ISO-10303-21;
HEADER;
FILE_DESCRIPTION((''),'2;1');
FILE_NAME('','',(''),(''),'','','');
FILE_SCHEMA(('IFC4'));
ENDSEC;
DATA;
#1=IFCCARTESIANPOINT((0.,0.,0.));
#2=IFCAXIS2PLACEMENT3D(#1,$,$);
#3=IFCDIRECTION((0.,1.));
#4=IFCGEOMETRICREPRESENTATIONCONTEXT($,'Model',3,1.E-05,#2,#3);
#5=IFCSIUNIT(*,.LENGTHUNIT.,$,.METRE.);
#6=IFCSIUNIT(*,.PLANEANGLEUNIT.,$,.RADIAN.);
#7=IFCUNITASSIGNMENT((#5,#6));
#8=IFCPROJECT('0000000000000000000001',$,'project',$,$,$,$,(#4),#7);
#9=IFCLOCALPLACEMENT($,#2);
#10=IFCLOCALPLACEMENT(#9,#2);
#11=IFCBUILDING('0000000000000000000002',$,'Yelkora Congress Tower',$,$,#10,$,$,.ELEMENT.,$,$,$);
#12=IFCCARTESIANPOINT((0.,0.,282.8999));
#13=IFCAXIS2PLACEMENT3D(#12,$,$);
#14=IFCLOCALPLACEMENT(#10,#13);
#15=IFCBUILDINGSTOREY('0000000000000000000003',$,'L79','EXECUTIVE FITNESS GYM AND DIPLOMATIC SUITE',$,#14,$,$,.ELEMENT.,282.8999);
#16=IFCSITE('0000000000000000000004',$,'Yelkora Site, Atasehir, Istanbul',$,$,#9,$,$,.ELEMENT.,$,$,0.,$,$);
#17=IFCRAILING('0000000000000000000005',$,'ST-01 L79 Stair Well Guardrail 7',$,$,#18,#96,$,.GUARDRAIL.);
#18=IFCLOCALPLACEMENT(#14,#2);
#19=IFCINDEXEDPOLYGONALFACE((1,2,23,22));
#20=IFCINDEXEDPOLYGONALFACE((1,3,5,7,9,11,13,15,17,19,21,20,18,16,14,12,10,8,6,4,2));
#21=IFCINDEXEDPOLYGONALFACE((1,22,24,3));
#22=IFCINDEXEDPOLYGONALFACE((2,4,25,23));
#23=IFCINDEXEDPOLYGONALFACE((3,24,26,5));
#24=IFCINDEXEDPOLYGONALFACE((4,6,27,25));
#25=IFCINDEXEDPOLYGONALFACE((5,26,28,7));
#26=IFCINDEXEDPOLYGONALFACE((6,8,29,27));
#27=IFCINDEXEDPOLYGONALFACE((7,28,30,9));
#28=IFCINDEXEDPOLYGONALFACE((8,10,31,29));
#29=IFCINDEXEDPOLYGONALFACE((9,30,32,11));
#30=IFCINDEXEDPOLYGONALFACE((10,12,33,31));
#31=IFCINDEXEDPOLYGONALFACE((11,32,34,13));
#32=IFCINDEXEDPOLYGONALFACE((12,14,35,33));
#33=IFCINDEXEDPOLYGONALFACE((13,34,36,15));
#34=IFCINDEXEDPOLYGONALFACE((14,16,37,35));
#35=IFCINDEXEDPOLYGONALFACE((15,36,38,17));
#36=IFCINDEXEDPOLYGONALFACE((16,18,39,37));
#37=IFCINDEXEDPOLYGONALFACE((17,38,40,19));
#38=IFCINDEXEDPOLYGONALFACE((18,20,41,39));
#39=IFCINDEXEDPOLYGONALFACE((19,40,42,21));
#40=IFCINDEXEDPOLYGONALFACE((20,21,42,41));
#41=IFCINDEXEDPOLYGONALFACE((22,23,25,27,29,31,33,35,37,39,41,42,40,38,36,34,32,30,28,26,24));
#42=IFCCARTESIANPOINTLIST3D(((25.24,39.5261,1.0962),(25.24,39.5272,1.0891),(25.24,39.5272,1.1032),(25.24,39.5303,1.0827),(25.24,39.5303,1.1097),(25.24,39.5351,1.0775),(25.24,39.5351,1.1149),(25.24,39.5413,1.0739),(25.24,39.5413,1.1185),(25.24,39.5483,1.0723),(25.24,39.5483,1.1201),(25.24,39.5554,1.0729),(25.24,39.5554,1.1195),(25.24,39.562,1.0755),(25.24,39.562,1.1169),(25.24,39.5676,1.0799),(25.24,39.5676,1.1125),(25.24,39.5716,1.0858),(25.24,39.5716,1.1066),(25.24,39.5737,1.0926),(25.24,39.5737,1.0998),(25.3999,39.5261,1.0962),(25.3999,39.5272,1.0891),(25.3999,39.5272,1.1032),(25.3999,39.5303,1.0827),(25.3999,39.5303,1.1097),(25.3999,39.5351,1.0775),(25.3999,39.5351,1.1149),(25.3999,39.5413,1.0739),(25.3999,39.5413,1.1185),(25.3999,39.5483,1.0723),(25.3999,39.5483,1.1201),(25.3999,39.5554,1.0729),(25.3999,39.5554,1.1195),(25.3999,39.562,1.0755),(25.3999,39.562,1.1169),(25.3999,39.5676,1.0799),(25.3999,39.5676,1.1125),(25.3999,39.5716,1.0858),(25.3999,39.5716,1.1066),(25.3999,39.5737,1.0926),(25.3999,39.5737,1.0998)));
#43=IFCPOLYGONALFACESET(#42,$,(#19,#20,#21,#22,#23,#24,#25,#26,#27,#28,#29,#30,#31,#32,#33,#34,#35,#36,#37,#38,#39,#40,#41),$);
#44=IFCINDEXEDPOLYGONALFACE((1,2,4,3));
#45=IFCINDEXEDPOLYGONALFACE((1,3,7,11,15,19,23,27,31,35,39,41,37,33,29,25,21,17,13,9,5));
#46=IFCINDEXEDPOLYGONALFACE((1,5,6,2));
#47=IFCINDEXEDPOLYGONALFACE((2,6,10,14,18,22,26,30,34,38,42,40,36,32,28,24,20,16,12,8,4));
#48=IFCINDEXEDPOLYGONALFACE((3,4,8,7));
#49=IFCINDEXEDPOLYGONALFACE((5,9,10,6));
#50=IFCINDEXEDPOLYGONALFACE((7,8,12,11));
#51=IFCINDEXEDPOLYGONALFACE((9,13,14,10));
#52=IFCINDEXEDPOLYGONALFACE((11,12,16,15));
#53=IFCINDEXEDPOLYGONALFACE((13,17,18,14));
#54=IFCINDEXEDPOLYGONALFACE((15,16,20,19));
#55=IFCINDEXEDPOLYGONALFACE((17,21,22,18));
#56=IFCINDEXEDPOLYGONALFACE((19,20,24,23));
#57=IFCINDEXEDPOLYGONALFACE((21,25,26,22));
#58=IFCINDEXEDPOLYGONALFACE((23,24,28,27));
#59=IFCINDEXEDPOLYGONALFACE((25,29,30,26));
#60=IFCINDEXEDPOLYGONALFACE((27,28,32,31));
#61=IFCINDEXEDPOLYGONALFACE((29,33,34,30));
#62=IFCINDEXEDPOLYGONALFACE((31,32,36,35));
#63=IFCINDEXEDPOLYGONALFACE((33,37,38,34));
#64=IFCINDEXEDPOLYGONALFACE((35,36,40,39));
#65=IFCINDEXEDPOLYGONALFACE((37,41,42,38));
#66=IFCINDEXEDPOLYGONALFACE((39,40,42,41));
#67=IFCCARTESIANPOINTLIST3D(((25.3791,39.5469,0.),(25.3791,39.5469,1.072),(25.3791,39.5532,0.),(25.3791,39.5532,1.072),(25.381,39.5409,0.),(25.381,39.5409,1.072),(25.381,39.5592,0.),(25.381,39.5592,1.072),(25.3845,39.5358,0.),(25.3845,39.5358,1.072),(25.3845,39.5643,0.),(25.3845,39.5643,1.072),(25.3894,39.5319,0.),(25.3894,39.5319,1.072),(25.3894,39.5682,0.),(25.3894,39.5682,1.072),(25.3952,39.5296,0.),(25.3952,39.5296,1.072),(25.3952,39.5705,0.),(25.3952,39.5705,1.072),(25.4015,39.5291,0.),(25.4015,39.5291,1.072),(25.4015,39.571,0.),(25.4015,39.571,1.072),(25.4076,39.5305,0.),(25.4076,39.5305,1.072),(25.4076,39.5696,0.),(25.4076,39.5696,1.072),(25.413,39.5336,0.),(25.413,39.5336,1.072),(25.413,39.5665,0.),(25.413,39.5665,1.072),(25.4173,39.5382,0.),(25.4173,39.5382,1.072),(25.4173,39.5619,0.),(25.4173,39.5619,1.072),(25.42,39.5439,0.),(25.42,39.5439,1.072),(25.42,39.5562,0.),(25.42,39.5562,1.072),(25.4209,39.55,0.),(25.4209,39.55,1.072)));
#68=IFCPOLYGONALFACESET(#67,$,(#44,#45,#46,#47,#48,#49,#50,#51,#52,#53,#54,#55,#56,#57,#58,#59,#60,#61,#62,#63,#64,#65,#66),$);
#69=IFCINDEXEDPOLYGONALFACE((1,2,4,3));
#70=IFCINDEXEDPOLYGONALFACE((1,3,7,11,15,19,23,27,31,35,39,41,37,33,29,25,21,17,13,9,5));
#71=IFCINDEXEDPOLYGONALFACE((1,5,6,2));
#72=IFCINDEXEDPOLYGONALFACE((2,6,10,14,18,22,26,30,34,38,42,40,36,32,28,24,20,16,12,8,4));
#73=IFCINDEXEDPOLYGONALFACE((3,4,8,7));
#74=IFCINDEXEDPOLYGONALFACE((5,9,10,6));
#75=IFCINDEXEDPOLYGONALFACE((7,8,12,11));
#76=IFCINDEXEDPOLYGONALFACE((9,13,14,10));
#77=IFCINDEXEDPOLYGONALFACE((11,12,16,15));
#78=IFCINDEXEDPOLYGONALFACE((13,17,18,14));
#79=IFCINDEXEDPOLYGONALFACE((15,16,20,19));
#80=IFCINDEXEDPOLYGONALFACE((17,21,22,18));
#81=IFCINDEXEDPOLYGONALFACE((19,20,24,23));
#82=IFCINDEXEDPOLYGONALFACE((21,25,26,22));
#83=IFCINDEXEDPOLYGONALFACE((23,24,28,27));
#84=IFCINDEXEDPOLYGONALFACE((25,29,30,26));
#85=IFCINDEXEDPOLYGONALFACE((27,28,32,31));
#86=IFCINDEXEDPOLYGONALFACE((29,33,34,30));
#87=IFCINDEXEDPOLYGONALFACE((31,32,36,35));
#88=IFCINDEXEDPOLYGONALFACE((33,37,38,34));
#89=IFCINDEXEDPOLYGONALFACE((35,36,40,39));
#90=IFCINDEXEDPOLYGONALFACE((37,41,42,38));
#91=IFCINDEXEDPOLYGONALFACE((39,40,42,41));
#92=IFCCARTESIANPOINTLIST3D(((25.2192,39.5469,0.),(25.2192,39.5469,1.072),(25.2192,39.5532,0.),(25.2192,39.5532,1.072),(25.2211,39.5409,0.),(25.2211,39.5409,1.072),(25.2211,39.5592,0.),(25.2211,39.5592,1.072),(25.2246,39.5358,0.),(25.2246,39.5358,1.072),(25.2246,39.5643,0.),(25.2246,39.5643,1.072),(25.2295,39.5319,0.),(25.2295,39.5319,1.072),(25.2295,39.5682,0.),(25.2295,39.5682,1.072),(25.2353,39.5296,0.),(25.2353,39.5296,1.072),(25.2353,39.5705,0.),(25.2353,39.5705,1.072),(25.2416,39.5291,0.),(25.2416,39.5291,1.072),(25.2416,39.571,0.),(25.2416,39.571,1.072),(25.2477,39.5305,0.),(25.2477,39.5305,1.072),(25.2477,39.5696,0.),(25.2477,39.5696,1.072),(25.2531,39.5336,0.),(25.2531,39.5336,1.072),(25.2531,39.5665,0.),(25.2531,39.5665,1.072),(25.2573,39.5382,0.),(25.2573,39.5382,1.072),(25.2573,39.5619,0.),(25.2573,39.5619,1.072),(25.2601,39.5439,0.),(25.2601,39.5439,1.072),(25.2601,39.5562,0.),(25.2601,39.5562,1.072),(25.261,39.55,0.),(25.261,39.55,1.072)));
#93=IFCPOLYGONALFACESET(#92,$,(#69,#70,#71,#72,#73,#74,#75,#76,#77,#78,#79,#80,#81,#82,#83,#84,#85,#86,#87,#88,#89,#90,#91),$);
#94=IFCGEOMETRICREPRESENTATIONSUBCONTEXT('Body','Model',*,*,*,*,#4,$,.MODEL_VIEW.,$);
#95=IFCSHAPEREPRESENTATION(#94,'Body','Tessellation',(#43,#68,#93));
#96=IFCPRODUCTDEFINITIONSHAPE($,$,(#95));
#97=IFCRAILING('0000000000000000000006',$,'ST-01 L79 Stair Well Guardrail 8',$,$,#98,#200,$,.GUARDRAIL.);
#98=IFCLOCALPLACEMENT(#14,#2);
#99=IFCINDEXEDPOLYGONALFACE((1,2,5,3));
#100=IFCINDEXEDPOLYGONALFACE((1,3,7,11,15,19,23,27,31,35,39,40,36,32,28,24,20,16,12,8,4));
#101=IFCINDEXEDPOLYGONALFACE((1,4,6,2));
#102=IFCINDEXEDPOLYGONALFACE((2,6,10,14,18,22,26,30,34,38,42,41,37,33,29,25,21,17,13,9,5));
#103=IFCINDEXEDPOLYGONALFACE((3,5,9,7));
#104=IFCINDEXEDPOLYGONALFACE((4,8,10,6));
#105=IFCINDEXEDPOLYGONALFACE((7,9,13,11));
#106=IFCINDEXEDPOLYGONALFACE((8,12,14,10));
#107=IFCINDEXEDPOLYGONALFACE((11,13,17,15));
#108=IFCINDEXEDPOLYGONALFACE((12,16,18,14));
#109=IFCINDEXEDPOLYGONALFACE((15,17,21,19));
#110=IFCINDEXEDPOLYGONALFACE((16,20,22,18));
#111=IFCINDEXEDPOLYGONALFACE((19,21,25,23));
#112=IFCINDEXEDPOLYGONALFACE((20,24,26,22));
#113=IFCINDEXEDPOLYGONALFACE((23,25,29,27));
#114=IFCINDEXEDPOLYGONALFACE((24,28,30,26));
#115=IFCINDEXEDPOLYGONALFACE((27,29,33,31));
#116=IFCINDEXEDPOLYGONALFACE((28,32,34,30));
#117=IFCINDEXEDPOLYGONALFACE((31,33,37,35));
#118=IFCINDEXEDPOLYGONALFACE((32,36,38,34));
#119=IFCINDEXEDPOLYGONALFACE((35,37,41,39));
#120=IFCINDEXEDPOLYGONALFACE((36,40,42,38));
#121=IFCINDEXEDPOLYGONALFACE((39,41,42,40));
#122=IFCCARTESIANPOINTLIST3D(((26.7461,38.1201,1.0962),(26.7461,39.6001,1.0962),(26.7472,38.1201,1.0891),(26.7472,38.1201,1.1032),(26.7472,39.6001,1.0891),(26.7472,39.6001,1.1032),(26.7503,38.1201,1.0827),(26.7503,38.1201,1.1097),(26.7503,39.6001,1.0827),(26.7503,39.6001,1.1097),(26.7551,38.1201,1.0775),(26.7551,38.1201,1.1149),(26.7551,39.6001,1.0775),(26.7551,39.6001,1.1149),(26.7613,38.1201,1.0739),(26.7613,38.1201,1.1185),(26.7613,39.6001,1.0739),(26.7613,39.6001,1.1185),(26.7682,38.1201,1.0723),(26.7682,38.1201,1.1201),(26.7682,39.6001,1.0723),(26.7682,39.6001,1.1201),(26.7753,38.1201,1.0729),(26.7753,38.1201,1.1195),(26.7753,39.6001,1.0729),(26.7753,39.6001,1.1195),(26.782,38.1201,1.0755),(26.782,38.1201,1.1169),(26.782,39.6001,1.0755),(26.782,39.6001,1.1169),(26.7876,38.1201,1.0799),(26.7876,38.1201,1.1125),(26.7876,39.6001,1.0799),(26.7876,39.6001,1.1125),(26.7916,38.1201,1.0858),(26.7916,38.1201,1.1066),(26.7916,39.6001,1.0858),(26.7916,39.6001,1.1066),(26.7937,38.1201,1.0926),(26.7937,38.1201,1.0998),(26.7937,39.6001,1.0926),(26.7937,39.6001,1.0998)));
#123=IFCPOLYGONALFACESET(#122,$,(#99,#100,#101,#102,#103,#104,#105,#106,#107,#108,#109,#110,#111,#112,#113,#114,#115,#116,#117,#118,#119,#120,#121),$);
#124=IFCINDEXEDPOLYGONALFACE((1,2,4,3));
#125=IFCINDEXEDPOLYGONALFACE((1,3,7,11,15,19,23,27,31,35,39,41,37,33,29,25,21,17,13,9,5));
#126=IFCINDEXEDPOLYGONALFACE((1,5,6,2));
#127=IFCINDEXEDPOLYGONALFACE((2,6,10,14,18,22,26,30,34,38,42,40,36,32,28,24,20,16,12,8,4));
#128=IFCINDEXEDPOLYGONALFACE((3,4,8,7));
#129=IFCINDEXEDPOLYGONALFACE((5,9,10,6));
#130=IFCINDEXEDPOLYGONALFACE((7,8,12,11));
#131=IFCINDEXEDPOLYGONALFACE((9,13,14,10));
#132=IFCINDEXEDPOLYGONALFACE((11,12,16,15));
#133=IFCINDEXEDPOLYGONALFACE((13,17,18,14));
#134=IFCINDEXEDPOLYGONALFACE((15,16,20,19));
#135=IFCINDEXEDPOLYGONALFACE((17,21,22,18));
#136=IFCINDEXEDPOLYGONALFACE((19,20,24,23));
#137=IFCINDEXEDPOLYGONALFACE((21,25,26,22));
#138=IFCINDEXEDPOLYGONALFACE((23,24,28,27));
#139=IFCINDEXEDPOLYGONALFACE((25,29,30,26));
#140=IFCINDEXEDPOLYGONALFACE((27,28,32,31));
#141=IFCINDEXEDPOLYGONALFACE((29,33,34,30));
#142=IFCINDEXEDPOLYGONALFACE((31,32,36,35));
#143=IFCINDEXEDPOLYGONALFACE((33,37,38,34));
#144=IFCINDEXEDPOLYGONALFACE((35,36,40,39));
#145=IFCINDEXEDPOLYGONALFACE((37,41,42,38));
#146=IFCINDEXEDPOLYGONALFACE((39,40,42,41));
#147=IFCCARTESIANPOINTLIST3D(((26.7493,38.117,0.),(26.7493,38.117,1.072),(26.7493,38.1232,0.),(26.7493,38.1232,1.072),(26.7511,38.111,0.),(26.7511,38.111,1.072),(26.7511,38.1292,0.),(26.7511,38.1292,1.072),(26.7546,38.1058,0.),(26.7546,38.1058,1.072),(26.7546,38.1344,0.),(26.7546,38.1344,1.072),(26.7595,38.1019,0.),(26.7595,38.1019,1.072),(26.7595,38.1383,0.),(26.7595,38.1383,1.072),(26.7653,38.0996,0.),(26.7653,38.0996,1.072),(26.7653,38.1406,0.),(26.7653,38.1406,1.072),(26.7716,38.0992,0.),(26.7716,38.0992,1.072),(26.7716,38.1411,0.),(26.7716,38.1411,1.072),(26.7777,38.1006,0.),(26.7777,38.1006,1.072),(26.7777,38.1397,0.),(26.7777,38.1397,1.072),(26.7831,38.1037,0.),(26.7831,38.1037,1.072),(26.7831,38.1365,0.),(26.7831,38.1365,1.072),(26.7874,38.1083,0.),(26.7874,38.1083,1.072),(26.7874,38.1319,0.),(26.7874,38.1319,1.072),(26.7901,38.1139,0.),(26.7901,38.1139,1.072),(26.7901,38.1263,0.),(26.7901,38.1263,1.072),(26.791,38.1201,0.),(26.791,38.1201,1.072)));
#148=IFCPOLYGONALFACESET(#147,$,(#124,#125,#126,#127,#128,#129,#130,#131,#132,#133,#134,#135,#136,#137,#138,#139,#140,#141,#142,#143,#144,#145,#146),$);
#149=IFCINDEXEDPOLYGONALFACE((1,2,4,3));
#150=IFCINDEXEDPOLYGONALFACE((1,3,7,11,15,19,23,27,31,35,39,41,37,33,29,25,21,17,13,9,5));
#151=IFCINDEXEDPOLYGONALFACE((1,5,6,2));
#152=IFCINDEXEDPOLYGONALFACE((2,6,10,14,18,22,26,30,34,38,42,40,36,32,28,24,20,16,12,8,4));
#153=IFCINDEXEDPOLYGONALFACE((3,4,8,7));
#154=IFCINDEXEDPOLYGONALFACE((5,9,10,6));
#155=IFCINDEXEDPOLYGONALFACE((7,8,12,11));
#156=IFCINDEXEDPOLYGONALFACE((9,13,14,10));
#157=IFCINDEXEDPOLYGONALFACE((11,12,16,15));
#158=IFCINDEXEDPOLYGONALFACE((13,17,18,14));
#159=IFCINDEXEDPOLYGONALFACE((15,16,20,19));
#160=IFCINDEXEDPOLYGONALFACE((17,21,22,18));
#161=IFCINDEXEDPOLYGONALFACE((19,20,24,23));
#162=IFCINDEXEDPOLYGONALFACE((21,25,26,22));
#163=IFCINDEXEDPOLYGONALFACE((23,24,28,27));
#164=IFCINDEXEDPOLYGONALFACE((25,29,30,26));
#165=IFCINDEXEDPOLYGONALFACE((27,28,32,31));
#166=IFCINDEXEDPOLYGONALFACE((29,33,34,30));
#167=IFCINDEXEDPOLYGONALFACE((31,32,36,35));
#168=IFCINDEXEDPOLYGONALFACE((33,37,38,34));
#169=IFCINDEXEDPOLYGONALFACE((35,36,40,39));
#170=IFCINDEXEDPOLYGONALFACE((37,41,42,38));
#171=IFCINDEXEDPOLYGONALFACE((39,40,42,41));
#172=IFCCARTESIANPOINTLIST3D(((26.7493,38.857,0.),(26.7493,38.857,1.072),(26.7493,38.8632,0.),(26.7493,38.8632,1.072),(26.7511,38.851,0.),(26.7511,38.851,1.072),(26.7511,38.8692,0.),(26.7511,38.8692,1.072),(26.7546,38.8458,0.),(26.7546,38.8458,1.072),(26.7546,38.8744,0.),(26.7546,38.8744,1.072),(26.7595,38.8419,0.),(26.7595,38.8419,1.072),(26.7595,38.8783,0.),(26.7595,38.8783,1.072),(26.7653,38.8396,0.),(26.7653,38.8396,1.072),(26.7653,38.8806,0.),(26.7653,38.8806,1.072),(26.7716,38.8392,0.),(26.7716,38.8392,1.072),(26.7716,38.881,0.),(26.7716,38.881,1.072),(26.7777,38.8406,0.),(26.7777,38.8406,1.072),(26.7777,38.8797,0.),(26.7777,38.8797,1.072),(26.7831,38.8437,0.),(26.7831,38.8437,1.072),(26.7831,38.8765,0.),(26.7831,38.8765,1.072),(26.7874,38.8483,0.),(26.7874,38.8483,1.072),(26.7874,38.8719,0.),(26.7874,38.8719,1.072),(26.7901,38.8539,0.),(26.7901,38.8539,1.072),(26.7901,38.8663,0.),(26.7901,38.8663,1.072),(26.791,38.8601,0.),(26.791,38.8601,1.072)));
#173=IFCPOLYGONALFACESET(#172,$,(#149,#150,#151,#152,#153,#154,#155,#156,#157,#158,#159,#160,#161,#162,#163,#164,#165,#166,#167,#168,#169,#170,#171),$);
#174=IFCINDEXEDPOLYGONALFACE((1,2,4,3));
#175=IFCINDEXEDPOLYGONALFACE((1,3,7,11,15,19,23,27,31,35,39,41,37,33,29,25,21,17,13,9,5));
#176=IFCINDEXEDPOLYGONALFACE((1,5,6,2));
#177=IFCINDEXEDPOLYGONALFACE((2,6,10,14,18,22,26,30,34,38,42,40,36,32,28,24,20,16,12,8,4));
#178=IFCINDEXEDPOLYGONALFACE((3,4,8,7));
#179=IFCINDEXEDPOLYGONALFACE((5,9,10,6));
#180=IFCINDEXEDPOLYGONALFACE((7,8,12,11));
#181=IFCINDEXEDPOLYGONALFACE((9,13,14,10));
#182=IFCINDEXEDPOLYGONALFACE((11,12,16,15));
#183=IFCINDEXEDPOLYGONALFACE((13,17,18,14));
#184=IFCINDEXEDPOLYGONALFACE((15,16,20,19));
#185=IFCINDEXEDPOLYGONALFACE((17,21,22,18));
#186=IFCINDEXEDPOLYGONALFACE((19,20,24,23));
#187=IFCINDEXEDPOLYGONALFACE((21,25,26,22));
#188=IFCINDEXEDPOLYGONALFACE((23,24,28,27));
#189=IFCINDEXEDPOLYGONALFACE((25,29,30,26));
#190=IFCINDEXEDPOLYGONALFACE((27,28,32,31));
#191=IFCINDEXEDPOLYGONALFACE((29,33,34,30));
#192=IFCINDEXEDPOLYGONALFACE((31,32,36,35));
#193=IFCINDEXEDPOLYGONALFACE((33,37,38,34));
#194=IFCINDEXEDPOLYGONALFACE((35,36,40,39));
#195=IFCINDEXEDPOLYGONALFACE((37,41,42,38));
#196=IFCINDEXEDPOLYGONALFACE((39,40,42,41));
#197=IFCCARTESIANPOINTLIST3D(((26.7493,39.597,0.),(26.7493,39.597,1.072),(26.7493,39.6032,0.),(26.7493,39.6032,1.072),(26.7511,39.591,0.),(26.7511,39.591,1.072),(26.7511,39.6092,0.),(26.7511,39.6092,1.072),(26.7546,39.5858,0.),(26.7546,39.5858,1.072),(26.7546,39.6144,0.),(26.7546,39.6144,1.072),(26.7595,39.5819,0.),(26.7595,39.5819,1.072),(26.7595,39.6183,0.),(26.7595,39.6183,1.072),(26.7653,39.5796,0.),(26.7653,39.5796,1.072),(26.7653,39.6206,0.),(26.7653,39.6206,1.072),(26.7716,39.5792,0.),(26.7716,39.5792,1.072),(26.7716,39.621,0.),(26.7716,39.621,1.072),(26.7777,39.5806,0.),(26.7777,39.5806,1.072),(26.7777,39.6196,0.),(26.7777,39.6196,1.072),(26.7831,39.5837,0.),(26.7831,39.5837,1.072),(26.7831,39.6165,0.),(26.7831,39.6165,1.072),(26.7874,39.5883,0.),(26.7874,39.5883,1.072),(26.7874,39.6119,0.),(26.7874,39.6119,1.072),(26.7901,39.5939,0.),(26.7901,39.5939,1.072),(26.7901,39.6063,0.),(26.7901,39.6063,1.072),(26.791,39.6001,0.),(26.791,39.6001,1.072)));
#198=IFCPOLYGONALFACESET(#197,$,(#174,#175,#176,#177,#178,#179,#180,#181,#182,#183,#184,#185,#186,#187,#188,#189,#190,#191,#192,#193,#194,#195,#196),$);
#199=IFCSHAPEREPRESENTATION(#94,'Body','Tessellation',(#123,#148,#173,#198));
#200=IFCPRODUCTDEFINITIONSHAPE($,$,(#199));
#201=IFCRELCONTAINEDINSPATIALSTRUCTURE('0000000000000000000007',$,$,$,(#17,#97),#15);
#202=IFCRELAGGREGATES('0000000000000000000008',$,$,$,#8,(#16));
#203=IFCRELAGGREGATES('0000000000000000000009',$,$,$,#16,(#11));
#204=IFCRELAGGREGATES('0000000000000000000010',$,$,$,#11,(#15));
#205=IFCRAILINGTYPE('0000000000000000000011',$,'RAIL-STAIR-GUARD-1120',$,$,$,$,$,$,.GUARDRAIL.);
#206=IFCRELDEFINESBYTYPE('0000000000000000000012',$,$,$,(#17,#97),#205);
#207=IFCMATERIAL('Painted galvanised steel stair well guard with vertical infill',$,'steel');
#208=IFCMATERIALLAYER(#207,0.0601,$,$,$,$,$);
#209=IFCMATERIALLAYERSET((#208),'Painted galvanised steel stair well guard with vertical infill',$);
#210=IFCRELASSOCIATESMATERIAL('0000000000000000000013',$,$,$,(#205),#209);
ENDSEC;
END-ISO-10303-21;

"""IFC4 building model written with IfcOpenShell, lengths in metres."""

from ifc_helpers import new_model, si_unit, direction, frame, origin, origin_2d, place, context, subcontext, project, spatial, circle, extrude, material, layer, layer_set, type_object, element, save


model = new_model("IFC4")

# Units and contexts
model_context = context("Model", 3, precision=1e-05, world=origin(), true_north=direction((0.0, 1.0)))
body_context = subcontext(model_context, "Body", "Model", "MODEL_VIEW")
ifc_project = project(units=[si_unit("LENGTHUNIT", "METRE"), si_unit("PLANEANGLEUNIT", "RADIAN")], contexts=[model_context])

# Site, building, storey
site_placement = place(None, origin())
site = spatial("IfcSite", under=ifc_project, at=site_placement, Name="Yelkora Site, Atasehir, Istanbul", CompositionType="ELEMENT", RefElevation=0.0)
building_placement = place(site_placement, origin())
building = spatial("IfcBuilding", under=site, at=building_placement, Name="Yelkora Congress Tower", CompositionType="ELEMENT")
storey_placement = place(building_placement, frame((0.0, 0.0, 282.8999)))
storey = spatial("IfcBuildingStorey", under=building, at=storey_placement, Name="L79", Description="EXECUTIVE FITNESS GYM AND DIPLOMATIC SUITE", CompositionType="ELEMENT", Elevation=282.8999)

# Railings
ifc_material_1 = material(Name="Painted galvanised steel stair well guard with vertical infill", Category="steel")
ifc_layer_1 = layer(ifc_material_1, 0.0601)
ifc_layer_set_1 = layer_set([ifc_layer_1], Name="Painted galvanised steel stair well guard with vertical infill")
railing_type_1 = type_object("IfcRailingType", Name="RAIL-STAIR-GUARD-1120", PredefinedType="GUARDRAIL", material=ifc_layer_set_1)
railing_1_placement = place(storey_placement, frame((25.3999, 39.55, 0.0)))
element("IfcRailing", 1, at=railing_1_placement, inside=storey, type_object=railing_type_1, Name="ST-01 L79 Stair Well Guardrail 7", PredefinedType="GUARDRAIL", context=body_context, shape_type="SweptSolid", body=[
    extrude(circle(Radius=0.0239, at=origin_2d()), frame((0.0, 0.0, 1.0962), z_axis=(-1.0, 0.0, 0.0), x_axis=(0.0, -1.0, 0.0)), (0.0, 0.0, 1.0), 0.1599),
    extrude(circle(Radius=0.021, at=origin_2d()), origin(), (0.0, 0.0, 1.0), 1.072),
    extrude(circle(Radius=0.021, at=origin_2d()), frame((-0.1599, 0.0, 0.0)), (0.0, 0.0, 1.0), 1.072),
])
for number, where, name in (
    (2, (26.77, 38.1201, 0.0), "ST-01 L79 Stair Well Guardrail 8"),
):
    element("IfcRailing", number, at=place(storey_placement, frame(where)), inside=storey, type_object=railing_type_1, Name=name, PredefinedType="GUARDRAIL", context=body_context, shape_type="SweptSolid", body=[
        extrude(circle(Radius=0.0239, at=origin_2d()), frame((0.0, 0.0, 1.0962), z_axis=(0.0, 1.0, 0.0), x_axis=(-1.0, 0.0, 0.0)), (0.0, 0.0, 1.0), 1.48),
        extrude(circle(Radius=0.021, at=origin_2d()), origin(), (0.0, 0.0, 1.0), 1.072),
        extrude(circle(Radius=0.021, at=origin_2d()), frame((0.0, 0.74, 0.0)), (0.0, 0.0, 1.0), 1.072),
        extrude(circle(Radius=0.021, at=origin_2d()), frame((0.0, 1.48, 0.0)), (0.0, 0.0, 1.0), 1.072),
    ])

save(model, "model.ifc")
